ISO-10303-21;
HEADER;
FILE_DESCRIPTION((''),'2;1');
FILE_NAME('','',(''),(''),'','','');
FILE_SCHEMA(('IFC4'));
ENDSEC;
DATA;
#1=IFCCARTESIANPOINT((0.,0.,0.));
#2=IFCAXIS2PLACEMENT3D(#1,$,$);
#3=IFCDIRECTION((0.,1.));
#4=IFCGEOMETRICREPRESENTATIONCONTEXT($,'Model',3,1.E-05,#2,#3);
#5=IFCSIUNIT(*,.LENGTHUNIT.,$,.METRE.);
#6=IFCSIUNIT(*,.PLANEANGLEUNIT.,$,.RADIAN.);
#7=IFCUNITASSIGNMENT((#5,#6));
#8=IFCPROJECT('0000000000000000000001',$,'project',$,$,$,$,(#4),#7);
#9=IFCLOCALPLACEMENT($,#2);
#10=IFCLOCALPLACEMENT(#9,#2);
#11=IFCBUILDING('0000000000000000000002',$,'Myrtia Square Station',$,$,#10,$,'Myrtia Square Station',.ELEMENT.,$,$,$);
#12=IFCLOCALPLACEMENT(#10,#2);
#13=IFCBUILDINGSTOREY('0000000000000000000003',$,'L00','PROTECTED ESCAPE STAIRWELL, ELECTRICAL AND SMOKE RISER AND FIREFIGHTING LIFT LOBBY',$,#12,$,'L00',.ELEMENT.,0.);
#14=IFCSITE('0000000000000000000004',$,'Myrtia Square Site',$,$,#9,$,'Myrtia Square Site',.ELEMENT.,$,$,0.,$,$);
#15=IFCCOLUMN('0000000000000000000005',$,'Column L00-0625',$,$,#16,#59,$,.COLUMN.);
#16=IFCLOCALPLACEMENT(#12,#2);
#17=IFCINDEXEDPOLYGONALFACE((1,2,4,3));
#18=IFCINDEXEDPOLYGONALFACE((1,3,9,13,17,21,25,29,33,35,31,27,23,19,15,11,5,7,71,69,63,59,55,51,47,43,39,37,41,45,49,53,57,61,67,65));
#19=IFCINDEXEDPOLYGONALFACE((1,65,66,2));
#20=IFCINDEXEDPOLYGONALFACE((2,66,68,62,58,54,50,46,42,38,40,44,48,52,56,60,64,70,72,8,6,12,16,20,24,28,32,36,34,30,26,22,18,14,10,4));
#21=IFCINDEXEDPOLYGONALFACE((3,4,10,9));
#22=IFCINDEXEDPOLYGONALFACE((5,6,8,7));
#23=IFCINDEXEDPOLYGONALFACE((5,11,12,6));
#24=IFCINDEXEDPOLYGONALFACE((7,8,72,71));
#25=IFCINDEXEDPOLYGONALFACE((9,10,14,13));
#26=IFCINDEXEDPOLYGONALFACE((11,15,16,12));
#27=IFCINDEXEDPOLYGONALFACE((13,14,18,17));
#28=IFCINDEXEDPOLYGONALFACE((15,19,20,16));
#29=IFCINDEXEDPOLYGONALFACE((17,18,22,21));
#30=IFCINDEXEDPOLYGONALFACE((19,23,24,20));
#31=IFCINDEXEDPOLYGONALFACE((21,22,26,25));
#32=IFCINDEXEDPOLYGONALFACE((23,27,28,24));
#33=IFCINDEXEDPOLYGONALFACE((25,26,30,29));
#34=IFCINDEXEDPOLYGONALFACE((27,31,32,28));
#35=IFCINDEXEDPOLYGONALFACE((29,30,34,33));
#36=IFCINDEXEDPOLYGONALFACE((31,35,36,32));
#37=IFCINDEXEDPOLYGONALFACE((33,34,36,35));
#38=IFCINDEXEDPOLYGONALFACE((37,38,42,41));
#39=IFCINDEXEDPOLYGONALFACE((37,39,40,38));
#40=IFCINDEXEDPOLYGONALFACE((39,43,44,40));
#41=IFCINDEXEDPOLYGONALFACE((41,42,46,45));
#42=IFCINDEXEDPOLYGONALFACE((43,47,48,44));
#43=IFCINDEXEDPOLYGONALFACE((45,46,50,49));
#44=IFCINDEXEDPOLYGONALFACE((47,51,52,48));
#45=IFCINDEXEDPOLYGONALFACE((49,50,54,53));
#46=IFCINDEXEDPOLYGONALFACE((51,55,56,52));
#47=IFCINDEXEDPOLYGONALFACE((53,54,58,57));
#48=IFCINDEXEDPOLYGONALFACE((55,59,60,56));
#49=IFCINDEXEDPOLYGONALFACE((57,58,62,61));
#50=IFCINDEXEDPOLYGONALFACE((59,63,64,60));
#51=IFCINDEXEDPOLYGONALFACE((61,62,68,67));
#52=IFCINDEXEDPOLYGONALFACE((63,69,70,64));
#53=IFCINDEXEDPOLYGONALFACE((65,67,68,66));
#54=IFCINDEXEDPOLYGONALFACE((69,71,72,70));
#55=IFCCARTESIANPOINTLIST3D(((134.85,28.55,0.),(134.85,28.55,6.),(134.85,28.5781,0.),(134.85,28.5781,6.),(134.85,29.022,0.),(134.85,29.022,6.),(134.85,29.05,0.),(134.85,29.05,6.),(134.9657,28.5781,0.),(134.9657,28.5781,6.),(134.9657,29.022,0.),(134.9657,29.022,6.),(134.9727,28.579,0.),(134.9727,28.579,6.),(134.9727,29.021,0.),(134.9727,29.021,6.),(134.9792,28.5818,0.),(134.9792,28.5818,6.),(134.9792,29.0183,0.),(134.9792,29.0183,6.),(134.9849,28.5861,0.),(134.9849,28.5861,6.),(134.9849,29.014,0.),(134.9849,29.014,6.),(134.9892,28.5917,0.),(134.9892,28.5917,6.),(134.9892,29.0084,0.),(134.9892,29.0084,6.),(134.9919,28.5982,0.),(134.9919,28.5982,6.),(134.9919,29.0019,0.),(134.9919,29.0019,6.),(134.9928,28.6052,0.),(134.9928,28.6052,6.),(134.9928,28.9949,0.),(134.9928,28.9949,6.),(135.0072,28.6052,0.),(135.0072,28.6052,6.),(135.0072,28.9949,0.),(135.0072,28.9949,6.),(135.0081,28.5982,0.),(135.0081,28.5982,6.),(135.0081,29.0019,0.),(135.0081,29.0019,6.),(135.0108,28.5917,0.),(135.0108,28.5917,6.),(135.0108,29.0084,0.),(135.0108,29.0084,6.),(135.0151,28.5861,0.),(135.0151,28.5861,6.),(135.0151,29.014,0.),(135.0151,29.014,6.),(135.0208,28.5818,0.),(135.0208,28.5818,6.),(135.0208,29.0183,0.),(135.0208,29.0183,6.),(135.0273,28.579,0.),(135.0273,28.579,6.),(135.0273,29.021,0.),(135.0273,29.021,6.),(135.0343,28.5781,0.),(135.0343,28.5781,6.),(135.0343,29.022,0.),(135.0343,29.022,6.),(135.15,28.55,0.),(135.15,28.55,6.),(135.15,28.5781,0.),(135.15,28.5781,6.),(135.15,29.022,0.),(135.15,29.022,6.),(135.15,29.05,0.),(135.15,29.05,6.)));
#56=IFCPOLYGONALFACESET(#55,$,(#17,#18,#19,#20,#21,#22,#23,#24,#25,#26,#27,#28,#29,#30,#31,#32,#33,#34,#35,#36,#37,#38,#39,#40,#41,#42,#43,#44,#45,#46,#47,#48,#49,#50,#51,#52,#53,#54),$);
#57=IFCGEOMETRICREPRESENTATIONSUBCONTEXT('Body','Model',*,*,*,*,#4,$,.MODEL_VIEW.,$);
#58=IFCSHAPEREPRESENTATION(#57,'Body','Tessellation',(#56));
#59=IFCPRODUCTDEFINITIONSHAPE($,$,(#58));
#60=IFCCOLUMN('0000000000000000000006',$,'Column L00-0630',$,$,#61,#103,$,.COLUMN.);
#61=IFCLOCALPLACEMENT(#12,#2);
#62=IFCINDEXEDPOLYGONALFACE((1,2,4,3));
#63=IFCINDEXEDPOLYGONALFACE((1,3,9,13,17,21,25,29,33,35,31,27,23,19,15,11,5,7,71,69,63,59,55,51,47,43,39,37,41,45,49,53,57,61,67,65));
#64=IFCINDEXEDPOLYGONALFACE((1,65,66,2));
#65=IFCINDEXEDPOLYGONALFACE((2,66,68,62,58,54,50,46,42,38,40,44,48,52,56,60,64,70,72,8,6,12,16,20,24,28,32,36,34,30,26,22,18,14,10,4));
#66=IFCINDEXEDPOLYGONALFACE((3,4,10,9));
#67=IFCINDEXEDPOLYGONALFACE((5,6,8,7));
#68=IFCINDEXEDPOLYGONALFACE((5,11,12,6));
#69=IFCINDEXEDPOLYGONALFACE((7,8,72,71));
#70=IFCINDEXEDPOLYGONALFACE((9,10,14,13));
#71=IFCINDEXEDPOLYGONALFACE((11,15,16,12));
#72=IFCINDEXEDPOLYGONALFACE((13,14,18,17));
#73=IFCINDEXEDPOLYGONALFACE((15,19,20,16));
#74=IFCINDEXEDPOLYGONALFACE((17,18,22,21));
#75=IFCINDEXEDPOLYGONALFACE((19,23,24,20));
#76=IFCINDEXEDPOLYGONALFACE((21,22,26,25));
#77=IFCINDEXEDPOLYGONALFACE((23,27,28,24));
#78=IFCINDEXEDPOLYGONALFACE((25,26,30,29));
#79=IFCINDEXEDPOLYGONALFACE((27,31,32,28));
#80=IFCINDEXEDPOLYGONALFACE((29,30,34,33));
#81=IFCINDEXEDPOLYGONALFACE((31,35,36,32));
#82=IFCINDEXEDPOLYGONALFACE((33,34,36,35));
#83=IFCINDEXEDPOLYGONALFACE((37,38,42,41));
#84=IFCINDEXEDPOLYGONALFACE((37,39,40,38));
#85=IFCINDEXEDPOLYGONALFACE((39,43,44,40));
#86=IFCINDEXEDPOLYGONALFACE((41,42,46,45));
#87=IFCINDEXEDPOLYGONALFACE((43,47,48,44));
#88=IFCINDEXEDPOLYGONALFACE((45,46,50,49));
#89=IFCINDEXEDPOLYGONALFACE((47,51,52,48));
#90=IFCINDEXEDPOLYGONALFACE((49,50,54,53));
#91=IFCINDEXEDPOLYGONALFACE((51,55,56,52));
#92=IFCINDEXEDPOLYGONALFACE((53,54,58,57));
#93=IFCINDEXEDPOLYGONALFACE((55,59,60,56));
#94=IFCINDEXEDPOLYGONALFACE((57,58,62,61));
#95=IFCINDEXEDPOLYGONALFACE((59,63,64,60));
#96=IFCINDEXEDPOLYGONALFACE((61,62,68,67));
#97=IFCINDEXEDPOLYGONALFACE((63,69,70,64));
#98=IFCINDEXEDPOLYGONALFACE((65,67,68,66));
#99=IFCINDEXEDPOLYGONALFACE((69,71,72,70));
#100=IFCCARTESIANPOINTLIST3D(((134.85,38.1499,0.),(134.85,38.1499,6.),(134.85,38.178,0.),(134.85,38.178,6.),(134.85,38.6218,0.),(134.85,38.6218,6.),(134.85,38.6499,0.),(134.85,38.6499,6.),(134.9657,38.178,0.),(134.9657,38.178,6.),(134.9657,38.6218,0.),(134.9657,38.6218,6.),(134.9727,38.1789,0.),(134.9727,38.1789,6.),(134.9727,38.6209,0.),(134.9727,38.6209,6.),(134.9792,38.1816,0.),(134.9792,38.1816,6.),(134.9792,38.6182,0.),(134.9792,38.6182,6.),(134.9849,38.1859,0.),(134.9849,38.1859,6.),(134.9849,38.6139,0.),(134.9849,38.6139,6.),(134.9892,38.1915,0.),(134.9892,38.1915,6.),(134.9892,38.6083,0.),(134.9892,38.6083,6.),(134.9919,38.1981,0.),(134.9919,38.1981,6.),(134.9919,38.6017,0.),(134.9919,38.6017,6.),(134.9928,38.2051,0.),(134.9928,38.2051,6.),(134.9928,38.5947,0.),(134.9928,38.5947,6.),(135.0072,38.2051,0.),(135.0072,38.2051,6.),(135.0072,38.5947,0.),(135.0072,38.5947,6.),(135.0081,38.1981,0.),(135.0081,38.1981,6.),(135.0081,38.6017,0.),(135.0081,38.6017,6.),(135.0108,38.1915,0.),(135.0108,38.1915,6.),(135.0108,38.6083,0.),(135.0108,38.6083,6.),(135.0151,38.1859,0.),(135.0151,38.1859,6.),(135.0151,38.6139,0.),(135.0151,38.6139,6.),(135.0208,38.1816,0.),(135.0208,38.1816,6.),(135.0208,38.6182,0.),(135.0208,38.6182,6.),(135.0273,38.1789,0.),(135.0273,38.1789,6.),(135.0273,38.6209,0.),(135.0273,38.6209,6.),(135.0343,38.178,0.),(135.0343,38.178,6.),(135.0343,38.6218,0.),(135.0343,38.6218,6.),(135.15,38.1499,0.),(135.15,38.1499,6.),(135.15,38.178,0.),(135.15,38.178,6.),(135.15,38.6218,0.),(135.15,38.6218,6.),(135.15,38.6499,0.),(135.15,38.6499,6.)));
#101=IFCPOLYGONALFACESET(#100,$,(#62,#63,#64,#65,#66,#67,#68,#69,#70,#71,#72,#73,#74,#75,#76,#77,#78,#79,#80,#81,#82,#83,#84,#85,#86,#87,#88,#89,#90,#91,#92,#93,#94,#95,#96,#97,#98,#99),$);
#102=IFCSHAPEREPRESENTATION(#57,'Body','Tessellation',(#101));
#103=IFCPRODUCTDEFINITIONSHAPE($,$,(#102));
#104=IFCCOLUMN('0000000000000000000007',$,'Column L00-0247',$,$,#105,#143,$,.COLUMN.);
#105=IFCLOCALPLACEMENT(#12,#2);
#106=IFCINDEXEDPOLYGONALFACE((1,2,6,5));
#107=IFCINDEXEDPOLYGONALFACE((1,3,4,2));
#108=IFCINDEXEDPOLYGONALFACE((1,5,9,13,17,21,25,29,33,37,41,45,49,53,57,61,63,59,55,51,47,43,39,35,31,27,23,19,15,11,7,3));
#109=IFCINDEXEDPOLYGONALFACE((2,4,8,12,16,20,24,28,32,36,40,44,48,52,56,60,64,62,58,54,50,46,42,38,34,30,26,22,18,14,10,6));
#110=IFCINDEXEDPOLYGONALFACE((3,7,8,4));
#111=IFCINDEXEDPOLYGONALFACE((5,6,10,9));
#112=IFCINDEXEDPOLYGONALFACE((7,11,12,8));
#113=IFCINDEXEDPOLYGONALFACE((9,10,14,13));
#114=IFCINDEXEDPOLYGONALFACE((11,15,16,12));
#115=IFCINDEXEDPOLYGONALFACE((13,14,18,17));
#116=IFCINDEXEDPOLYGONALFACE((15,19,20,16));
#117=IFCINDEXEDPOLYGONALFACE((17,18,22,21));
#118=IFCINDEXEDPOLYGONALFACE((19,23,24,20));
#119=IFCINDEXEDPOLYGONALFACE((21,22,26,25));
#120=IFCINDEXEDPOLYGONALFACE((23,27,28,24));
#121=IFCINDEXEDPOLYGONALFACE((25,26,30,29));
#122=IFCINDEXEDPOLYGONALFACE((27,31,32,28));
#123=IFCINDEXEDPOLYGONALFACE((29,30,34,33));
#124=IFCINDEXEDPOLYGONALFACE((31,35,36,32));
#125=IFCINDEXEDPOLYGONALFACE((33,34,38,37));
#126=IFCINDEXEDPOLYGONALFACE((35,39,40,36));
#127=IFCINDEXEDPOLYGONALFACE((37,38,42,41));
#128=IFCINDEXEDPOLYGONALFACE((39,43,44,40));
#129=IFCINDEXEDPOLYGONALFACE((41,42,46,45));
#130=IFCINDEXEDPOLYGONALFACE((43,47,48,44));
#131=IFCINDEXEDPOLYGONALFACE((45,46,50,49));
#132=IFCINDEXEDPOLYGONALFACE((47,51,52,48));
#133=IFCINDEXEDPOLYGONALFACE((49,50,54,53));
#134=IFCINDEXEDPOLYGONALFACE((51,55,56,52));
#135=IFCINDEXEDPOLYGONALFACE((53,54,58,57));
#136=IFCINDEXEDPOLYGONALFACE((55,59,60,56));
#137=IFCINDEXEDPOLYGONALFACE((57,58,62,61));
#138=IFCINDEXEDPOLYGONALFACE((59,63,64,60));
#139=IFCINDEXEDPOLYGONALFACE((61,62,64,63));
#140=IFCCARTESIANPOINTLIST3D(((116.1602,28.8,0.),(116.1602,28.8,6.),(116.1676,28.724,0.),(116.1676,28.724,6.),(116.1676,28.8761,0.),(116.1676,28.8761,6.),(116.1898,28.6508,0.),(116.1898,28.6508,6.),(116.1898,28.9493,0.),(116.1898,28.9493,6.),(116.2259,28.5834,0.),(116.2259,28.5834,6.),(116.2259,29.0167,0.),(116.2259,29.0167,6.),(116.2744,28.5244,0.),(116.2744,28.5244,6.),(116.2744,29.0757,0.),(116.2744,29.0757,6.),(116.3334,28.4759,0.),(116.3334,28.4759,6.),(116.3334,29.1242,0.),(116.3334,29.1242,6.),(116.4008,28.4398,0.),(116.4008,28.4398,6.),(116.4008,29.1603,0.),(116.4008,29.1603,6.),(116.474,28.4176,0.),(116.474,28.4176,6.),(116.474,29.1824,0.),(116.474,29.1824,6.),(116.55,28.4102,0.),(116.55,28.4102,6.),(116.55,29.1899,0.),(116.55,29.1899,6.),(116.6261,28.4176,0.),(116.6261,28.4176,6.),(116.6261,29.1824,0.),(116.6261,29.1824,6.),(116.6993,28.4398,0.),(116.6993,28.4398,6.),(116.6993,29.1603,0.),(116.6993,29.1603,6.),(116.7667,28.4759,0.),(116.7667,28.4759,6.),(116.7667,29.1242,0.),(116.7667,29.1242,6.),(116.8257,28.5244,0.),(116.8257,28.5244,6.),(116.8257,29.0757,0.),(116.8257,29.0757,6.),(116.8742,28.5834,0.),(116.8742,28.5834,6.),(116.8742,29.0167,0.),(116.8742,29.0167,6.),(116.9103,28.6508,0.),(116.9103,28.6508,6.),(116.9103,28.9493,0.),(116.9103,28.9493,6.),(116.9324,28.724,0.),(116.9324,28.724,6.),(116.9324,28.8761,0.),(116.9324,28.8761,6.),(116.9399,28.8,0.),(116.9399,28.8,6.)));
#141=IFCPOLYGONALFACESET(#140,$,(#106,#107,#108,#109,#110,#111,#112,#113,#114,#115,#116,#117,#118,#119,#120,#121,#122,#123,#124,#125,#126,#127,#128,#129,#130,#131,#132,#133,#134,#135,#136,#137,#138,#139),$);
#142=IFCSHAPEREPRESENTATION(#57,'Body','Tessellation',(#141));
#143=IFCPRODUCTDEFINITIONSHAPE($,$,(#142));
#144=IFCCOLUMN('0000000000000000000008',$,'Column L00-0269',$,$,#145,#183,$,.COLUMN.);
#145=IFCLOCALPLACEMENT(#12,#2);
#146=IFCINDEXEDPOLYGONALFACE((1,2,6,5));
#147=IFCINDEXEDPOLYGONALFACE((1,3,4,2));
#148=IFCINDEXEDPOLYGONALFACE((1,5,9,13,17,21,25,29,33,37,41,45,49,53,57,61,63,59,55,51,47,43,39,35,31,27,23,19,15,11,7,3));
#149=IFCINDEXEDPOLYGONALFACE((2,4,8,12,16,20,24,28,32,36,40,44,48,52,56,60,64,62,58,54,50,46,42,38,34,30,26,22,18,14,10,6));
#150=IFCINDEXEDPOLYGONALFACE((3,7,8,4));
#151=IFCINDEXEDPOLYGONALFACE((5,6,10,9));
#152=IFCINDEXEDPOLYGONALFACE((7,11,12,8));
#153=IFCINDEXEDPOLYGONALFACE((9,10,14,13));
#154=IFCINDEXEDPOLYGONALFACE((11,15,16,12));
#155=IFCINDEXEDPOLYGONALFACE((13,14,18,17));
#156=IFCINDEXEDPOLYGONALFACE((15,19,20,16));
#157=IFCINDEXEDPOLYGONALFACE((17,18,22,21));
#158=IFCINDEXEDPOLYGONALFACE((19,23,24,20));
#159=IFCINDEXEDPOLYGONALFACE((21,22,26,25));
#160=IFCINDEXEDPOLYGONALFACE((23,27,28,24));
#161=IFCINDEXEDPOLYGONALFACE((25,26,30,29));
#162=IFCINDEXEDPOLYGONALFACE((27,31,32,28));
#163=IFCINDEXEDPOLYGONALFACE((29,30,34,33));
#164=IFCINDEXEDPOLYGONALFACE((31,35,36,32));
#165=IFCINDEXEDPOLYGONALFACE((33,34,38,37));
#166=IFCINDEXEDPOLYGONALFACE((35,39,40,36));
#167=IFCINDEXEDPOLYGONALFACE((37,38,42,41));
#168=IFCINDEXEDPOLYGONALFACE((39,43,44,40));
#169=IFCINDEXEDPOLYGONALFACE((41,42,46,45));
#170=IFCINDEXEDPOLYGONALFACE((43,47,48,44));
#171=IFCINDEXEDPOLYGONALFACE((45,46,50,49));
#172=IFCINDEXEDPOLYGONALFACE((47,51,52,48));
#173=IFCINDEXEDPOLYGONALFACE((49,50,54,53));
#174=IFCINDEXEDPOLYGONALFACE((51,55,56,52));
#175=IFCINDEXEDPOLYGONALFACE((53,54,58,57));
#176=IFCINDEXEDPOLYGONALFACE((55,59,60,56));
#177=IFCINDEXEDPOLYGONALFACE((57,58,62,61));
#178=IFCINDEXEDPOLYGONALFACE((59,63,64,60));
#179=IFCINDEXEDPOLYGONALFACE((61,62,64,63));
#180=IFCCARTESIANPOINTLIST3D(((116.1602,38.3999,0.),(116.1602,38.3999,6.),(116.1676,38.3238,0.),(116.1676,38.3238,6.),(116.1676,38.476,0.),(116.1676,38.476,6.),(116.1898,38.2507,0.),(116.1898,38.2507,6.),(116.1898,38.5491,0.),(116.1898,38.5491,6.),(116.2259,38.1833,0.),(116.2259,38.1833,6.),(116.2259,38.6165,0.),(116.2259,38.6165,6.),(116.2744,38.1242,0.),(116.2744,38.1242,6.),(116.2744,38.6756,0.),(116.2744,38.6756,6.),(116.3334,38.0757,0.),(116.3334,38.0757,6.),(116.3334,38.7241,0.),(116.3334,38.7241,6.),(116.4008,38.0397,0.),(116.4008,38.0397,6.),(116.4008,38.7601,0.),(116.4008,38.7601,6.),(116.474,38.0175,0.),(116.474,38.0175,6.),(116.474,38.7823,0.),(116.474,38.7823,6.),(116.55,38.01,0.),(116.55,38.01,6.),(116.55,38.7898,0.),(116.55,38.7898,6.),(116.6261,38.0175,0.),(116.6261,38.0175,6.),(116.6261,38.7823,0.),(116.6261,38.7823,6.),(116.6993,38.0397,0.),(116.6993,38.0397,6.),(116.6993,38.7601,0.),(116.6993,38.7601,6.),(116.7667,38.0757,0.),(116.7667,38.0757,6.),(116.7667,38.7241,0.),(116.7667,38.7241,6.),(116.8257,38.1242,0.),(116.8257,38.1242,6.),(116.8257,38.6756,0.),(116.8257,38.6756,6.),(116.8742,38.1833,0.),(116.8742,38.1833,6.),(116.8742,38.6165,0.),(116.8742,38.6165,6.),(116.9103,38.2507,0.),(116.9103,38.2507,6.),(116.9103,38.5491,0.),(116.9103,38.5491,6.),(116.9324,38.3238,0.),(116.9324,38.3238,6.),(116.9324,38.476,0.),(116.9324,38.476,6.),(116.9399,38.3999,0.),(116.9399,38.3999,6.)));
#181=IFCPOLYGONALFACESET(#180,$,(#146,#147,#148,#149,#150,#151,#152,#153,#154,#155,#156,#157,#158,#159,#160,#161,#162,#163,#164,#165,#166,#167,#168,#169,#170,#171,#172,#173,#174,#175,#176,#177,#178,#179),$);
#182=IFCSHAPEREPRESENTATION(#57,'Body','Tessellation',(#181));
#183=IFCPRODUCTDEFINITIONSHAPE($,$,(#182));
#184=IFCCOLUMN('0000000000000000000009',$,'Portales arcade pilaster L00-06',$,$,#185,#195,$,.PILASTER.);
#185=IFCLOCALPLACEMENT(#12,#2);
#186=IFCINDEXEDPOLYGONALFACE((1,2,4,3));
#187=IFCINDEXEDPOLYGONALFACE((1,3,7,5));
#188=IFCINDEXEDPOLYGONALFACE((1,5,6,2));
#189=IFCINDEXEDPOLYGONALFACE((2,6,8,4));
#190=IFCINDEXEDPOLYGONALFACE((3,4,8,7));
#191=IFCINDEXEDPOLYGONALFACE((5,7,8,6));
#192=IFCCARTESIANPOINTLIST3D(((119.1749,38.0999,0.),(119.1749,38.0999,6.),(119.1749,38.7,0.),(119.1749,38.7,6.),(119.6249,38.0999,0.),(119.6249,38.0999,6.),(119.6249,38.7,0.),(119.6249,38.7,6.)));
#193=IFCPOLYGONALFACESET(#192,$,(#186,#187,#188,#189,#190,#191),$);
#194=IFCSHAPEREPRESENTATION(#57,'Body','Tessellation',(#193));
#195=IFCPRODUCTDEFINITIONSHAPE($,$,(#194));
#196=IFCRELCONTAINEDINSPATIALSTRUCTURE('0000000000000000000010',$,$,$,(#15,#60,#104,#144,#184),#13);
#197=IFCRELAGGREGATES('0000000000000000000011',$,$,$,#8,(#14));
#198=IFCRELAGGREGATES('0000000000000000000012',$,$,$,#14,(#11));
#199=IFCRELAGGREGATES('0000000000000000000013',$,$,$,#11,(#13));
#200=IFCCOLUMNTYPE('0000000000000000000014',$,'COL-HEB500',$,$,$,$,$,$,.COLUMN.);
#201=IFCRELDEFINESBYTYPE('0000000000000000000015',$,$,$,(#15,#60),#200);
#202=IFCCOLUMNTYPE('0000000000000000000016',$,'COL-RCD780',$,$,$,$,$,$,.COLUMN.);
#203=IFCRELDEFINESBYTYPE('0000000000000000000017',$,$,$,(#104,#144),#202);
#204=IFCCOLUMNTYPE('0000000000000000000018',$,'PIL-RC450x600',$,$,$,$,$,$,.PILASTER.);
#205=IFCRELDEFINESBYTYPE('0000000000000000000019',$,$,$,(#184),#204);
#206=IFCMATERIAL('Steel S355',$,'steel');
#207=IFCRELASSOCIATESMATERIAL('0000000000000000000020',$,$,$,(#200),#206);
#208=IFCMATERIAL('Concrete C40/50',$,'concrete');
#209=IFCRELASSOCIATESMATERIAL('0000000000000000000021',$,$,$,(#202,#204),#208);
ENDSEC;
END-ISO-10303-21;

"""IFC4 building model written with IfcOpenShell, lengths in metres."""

from ifc_helpers import new_model, si_unit, direction, frame, origin, origin_2d, place, context, subcontext, project, spatial, rectangle, circle, i_section, extrude, material, material_profile, profile_set, type_object, element, save


model = new_model("IFC4")

# Units and contexts
model_context = context("Model", 3, precision=1e-05, world=origin(), true_north=direction((0.0, 1.0)))
body_context = subcontext(model_context, "Body", "Model", "MODEL_VIEW")
ifc_project = project(units=[si_unit("LENGTHUNIT", "METRE"), si_unit("PLANEANGLEUNIT", "RADIAN")], contexts=[model_context])

# Site, building, storey
site_placement = place(None, origin())
site = spatial("IfcSite", under=ifc_project, at=site_placement, Name="Myrtia Square Site", LongName="Myrtia Square Site", CompositionType="ELEMENT", RefElevation=0.0)
building_placement = place(site_placement, origin())
building = spatial("IfcBuilding", under=site, at=building_placement, Name="Myrtia Square Station", LongName="Myrtia Square Station", CompositionType="ELEMENT")
storey_placement = place(building_placement, origin())
storey = spatial("IfcBuildingStorey", under=building, at=storey_placement, Name="L00", Description="PROTECTED ESCAPE STAIRWELL, ELECTRICAL AND SMOKE RISER AND FIREFIGHTING LIFT LOBBY", LongName="L00", CompositionType="ELEMENT", Elevation=0.0)

# Columns
ifc_material_1 = material(Name="Steel S355", Category="steel")
ifc_material_profile_1 = material_profile(ifc_material_1, i_section(OverallWidth=0.3, OverallDepth=0.5, WebThickness=0.0144, FlangeThickness=0.0281, FilletRadius=0.0271, at=origin_2d()), Name="HEB 500")
ifc_profile_set_1 = profile_set([ifc_material_profile_1], Name="Steel S355")
column_type_1 = type_object("IfcColumnType", Name="COL-HEB500", PredefinedType="COLUMN", material=ifc_profile_set_1)
for number, where, z_axis, x_axis, name in (
    (1, (135.0, 28.8, 0.0), (0.0, 0.0, 1.0), (1.0, 0.0, 0.0), "Column L00-0625"),
    (2, (135.0, 38.3999, 0.0), (0.0, 0.0, 1.0), (1.0, 0.0, 0.0), "Column L00-0630"),
):
    element("IfcColumn", number, at=place(storey_placement, frame(where, z_axis=z_axis, x_axis=x_axis)), inside=storey, type_object=column_type_1, Name=name, PredefinedType="COLUMN", context=body_context, shape_type="SweptSolid", body=[
        extrude(i_section(OverallWidth=0.3, OverallDepth=0.5, WebThickness=0.0144, FlangeThickness=0.0281, FilletRadius=0.0271, at=origin_2d()), origin(), (0.0, 0.0, 1.0), 6.0),
    ])
ifc_material_2 = material(Name="Concrete C40/50", Category="concrete")
ifc_material_profile_2 = material_profile(ifc_material_2, circle(Radius=0.3899, at=origin_2d()), Name="RC D780")
ifc_profile_set_2 = profile_set([ifc_material_profile_2], Name="Concrete C40/50")
column_type_2 = type_object("IfcColumnType", Name="COL-RCD780", PredefinedType="COLUMN", material=ifc_profile_set_2)
for number, where, z_axis, x_axis, name in (
    (3, (116.55, 28.8, 0.0), (0.0, 0.0, 1.0), (1.0, 0.0, 0.0), "Column L00-0247"),
    (4, (116.55, 38.3999, 0.0), (0.0, 0.0, 1.0), (1.0, 0.0, 0.0), "Column L00-0269"),
):
    element("IfcColumn", number, at=place(storey_placement, frame(where, z_axis=z_axis, x_axis=x_axis)), inside=storey, type_object=column_type_2, Name=name, PredefinedType="COLUMN", context=body_context, shape_type="SweptSolid", body=[
        extrude(circle(Radius=0.3899, at=origin_2d()), origin(), (0.0, 0.0, 1.0), 6.0),
    ])
ifc_material_profile_3 = material_profile(ifc_material_2, rectangle(XDim=0.45, YDim=0.6001, at=origin_2d()), Name="PIL 450x600")
ifc_profile_set_3 = profile_set([ifc_material_profile_3], Name="Concrete C40/50")
column_type_3 = type_object("IfcColumnType", Name="PIL-RC450x600", PredefinedType="PILASTER", material=ifc_profile_set_3)
for number, where, z_axis, x_axis, name in (
    (5, (119.3999, 38.3999, 0.0), (0.0, 0.0, 1.0), (1.0, 0.0, 0.0), "Portales arcade pilaster L00-06"),
):
    element("IfcColumn", number, at=place(storey_placement, frame(where, z_axis=z_axis, x_axis=x_axis)), inside=storey, type_object=column_type_3, Name=name, PredefinedType="PILASTER", context=body_context, shape_type="SweptSolid", body=[
        extrude(rectangle(XDim=0.45, YDim=0.6001, at=origin_2d()), origin(), (0.0, 0.0, 1.0), 6.0),
    ])

save(model, "model.ifc")
